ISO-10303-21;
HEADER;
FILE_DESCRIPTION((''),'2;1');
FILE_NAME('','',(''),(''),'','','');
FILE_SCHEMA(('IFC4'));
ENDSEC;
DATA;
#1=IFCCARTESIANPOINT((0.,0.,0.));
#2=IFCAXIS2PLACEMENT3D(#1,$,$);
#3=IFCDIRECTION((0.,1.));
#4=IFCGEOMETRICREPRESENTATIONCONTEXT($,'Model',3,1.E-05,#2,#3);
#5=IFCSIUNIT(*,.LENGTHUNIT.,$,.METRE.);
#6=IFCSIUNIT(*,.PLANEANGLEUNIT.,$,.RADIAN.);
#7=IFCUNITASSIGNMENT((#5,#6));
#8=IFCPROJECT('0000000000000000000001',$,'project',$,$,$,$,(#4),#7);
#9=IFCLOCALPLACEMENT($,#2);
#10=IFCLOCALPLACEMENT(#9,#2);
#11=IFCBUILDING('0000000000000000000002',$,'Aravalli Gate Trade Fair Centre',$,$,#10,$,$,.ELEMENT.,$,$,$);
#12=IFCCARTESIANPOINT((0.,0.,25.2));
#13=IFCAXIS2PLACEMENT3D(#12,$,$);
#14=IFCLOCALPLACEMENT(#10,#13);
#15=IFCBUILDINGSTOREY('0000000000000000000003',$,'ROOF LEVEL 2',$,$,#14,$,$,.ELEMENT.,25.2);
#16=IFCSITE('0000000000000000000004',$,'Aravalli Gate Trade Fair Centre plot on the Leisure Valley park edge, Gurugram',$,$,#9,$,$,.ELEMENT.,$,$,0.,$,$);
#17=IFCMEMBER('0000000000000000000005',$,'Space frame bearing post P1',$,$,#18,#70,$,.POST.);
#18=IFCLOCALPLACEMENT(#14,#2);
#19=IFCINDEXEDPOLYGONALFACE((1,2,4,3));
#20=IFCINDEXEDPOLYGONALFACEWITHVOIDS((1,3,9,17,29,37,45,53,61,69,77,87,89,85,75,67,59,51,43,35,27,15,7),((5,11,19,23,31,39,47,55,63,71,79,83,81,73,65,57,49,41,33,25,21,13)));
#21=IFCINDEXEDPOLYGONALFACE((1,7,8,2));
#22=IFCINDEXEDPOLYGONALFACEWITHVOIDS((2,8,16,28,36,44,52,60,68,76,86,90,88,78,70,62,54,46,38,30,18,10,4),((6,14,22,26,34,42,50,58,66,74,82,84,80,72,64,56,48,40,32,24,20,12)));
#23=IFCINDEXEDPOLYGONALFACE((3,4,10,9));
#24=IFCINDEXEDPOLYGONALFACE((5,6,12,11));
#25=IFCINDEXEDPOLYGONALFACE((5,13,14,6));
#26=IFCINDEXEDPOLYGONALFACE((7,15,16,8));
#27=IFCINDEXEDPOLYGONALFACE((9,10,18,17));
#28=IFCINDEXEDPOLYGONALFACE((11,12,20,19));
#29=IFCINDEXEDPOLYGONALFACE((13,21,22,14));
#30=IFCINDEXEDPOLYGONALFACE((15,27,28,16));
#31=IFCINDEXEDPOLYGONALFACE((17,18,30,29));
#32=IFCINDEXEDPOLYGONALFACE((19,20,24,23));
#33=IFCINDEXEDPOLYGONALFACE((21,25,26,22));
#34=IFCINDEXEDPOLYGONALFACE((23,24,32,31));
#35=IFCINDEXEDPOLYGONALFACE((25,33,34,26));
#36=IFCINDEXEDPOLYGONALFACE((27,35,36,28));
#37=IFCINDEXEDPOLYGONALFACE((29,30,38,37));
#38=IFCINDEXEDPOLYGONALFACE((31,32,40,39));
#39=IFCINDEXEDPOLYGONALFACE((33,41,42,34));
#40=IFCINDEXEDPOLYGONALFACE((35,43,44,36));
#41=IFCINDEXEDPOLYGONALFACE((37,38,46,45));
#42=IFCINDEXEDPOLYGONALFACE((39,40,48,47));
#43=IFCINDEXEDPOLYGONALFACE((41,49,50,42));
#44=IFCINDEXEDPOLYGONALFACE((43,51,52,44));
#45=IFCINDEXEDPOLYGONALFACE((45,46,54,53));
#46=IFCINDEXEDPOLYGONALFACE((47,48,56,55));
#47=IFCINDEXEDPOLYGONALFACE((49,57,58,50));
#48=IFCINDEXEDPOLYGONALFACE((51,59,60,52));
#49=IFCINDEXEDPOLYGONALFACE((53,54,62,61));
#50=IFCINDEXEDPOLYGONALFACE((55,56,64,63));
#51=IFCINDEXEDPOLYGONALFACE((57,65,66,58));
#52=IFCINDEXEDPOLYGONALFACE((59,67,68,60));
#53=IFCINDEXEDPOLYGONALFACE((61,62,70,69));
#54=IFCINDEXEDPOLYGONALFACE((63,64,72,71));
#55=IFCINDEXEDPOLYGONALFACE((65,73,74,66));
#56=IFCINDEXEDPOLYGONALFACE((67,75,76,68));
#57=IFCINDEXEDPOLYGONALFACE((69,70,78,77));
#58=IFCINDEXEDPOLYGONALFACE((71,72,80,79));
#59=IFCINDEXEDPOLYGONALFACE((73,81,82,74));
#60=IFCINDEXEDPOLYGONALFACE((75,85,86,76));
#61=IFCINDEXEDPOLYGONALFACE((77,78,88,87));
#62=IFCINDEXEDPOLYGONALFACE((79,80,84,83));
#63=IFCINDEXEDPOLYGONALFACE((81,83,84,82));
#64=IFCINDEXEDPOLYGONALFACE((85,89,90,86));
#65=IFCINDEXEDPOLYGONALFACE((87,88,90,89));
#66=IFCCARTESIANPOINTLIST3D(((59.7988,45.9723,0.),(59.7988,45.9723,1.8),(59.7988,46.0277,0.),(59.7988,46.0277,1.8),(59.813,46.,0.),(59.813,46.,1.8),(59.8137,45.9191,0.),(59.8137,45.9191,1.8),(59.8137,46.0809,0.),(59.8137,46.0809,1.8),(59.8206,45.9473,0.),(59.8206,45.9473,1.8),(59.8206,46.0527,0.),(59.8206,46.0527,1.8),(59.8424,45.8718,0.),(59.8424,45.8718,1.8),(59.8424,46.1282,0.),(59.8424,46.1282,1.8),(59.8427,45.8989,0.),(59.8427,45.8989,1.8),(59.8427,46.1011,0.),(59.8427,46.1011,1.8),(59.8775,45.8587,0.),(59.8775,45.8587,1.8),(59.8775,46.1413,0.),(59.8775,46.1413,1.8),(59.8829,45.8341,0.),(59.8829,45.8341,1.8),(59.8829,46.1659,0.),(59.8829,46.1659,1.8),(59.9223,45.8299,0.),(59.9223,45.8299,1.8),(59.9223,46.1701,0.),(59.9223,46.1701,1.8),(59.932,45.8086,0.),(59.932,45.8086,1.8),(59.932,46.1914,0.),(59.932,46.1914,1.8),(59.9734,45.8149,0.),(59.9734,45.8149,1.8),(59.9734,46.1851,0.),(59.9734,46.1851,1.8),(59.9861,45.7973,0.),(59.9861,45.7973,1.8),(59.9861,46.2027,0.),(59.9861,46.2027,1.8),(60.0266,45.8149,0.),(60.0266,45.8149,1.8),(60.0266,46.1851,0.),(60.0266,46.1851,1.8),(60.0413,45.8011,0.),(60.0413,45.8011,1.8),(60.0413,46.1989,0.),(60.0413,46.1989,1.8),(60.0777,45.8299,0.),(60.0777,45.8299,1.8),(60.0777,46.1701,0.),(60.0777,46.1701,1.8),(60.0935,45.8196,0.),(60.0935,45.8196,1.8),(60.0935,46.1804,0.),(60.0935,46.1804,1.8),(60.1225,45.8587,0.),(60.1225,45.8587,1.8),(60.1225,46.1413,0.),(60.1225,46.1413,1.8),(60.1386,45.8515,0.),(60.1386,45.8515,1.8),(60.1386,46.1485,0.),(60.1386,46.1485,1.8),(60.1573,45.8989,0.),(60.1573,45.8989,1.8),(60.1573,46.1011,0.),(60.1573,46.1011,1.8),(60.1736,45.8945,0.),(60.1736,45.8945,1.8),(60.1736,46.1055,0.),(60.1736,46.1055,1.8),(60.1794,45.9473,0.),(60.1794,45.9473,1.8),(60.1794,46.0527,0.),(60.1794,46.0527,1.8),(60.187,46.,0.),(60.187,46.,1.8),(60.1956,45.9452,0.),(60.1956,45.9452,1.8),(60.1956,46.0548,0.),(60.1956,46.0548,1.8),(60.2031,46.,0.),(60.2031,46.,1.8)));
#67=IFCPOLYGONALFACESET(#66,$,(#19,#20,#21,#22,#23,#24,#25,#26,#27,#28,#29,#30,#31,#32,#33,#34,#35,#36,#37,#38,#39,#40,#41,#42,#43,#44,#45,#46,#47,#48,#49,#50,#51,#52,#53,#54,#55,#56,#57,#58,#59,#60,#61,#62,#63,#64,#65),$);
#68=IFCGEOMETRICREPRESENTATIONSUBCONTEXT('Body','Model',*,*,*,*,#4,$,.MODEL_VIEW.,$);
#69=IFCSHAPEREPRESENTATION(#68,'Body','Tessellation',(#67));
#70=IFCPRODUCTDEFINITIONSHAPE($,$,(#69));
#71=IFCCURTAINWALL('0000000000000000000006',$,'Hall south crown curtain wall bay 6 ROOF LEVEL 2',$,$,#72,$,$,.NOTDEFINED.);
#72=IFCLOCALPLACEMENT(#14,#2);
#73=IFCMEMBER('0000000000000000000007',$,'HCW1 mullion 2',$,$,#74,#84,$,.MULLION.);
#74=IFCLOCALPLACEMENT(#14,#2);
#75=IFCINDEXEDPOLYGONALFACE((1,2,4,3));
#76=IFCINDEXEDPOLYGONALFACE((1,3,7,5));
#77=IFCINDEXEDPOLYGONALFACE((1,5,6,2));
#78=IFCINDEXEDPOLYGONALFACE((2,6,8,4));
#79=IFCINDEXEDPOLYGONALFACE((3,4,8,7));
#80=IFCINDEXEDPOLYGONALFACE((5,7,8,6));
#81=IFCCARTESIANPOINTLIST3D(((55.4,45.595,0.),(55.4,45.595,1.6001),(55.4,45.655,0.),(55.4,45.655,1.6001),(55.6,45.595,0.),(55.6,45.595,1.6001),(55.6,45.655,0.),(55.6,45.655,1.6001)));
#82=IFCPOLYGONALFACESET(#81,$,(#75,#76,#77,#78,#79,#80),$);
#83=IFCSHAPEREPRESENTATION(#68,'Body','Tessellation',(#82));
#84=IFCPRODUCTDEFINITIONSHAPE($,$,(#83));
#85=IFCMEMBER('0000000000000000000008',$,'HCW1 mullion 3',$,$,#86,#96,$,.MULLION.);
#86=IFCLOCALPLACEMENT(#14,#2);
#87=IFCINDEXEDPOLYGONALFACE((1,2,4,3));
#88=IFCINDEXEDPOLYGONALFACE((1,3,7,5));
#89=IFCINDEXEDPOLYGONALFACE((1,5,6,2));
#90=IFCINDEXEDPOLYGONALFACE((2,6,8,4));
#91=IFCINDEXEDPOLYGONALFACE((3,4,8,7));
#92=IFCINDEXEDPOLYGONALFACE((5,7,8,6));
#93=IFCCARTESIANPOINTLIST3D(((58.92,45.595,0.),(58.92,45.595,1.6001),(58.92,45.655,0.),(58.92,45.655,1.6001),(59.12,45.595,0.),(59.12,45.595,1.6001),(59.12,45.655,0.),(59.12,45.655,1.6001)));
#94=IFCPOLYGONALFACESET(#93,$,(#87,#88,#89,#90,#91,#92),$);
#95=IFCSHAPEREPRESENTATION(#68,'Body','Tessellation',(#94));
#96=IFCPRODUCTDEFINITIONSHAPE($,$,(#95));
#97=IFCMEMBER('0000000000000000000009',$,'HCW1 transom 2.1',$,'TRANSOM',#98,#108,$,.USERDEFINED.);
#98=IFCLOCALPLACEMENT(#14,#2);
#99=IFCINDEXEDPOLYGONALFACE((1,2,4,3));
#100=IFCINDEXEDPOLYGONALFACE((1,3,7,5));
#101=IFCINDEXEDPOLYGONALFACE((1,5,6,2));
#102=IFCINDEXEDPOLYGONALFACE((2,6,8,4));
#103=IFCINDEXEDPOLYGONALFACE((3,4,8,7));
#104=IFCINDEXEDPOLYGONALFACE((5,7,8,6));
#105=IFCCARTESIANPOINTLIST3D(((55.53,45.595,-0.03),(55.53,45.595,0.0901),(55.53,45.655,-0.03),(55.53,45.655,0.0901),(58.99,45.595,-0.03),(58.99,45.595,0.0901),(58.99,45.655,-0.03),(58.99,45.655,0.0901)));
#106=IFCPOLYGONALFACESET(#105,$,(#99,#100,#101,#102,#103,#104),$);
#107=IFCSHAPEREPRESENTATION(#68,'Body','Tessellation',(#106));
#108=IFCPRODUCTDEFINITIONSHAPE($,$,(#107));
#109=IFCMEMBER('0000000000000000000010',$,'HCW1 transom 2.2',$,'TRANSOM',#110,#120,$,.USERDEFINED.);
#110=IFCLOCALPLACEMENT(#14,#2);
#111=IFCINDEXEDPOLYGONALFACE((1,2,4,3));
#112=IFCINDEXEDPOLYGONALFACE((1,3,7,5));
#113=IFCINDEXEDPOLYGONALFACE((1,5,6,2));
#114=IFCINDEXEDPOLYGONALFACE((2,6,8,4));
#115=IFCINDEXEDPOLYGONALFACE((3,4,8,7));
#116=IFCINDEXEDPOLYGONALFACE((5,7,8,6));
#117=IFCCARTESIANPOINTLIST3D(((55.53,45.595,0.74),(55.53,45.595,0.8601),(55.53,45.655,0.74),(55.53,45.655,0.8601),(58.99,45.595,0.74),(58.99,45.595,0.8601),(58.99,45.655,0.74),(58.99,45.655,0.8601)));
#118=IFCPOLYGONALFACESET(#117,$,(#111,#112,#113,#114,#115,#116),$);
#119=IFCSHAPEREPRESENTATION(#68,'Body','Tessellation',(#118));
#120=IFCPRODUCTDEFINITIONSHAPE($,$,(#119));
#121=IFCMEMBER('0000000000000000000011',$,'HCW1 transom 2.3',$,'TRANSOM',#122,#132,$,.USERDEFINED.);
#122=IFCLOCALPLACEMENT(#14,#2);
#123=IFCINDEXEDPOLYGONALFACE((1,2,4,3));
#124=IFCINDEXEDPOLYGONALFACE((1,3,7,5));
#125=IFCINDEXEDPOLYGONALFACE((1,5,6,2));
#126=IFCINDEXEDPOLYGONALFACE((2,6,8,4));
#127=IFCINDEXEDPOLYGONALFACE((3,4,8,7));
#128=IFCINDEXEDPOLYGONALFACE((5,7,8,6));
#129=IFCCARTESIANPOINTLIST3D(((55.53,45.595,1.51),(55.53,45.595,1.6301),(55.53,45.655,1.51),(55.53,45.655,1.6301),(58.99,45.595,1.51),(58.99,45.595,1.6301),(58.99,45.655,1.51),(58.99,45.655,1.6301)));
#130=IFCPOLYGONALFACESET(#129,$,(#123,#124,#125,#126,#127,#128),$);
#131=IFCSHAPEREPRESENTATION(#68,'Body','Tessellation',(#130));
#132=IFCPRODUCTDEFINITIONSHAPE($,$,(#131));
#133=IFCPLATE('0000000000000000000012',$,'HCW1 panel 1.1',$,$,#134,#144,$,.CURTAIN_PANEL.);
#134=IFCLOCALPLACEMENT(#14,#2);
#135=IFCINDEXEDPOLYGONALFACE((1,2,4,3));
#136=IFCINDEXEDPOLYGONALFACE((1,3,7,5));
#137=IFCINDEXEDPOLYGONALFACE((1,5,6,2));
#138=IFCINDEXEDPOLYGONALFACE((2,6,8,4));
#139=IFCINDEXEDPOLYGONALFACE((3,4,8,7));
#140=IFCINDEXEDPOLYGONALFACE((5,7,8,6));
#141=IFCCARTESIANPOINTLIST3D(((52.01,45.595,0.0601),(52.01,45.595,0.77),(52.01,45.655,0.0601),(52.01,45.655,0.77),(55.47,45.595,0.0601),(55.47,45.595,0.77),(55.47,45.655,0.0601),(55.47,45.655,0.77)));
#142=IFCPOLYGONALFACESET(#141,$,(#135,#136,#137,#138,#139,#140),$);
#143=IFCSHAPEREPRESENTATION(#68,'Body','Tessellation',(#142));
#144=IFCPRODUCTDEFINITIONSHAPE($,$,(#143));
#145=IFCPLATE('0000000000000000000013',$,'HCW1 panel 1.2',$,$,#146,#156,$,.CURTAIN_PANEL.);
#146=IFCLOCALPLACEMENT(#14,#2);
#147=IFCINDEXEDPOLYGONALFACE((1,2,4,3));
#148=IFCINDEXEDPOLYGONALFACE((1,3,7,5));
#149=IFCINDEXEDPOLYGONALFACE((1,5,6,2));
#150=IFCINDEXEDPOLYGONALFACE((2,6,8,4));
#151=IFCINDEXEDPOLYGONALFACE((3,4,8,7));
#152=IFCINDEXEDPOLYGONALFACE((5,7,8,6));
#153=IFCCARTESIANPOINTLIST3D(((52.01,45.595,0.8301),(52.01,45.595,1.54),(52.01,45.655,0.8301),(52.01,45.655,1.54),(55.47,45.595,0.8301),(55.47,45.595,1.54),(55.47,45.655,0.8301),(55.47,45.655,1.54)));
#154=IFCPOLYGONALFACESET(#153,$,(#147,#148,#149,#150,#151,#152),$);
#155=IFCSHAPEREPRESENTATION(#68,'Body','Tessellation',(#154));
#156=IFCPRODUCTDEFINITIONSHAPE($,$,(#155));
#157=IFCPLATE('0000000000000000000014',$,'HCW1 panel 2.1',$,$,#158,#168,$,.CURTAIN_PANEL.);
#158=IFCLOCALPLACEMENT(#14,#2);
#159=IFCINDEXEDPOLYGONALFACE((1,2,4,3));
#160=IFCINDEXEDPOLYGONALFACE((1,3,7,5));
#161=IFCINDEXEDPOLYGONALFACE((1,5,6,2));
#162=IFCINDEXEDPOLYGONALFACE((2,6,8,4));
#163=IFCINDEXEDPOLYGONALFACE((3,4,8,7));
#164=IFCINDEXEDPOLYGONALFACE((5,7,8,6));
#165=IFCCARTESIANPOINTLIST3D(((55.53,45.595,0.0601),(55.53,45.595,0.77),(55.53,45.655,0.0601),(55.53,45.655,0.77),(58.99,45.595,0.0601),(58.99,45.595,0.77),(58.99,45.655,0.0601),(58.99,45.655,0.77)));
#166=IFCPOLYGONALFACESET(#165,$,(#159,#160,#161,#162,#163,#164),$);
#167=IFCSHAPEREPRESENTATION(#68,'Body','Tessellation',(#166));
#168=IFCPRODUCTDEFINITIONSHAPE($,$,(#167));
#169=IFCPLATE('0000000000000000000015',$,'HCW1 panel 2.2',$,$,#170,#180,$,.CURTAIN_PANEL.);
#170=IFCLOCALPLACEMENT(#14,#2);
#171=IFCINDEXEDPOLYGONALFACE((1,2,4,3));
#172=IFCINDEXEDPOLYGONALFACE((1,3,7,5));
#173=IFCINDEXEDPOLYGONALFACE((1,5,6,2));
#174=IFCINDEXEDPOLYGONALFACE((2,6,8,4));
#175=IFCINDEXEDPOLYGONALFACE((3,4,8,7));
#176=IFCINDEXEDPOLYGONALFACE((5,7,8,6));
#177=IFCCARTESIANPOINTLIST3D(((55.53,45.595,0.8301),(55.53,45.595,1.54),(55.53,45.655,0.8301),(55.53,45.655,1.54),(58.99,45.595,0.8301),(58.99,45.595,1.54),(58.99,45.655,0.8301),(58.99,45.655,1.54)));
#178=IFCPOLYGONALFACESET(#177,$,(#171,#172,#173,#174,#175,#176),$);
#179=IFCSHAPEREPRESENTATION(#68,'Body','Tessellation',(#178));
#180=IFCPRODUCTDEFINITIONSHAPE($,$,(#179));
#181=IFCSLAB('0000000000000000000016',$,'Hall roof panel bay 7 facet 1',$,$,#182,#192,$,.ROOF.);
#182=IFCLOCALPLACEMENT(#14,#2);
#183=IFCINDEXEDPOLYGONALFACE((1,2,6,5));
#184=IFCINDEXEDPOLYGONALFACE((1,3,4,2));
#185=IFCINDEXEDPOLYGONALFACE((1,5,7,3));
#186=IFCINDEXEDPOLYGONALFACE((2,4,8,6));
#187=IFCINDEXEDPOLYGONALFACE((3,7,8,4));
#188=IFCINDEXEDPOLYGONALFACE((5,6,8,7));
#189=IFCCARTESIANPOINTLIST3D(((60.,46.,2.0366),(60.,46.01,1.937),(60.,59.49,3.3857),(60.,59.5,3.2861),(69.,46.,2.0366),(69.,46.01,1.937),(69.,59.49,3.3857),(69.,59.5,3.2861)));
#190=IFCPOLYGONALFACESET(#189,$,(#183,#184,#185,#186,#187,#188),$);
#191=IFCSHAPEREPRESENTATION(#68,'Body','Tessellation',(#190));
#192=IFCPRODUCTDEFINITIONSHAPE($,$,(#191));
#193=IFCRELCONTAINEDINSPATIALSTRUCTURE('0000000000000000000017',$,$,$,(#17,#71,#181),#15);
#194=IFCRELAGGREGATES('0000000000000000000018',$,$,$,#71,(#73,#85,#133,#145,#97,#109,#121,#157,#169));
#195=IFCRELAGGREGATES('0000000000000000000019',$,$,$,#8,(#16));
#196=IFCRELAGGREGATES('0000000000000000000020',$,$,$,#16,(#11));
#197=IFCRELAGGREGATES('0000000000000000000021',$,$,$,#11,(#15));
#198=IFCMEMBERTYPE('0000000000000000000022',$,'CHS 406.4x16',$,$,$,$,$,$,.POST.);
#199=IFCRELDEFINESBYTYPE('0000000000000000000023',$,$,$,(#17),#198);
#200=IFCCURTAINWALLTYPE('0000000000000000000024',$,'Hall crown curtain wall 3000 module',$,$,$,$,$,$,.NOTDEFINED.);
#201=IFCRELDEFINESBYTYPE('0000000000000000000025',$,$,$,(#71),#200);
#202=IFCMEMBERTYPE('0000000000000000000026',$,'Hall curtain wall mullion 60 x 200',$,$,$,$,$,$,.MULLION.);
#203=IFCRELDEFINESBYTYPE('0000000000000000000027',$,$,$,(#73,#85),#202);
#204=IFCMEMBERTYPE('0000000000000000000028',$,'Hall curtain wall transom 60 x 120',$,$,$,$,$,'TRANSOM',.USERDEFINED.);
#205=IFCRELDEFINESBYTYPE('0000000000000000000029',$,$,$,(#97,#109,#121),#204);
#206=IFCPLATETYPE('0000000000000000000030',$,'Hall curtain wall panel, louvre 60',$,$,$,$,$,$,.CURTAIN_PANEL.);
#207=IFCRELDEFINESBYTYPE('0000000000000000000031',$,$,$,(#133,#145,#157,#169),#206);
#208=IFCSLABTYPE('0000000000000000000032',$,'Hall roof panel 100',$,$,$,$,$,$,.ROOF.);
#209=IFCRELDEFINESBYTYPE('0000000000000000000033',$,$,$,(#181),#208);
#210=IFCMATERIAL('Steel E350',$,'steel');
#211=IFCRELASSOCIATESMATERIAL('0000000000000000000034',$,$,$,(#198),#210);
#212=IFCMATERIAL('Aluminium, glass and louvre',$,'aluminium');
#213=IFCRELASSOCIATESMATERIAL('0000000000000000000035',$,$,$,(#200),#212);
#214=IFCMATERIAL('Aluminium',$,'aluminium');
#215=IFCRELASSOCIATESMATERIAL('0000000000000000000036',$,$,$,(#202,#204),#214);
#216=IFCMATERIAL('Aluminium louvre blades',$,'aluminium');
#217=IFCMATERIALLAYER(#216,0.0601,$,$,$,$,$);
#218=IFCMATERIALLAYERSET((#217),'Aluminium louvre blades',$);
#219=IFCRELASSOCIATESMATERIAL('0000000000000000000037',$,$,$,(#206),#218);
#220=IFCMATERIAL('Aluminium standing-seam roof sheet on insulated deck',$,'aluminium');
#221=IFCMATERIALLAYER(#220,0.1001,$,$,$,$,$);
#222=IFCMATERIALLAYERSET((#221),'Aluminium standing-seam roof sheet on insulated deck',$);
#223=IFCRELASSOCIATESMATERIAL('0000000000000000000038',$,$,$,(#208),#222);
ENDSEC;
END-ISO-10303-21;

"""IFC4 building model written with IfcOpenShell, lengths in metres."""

from ifc_helpers import new_model, si_unit, direction, frame, origin, origin_2d, place, context, subcontext, project, spatial, polyline, rectangle, hollow_circle, outline, extrude, material, layer, layer_set, material_profile, profile_set, type_object, element, aggregate, save


model = new_model("IFC4")

# Units and contexts
model_context = context("Model", 3, precision=1e-05, world=origin(), true_north=direction((0.0, 1.0)))
body_context = subcontext(model_context, "Body", "Model", "MODEL_VIEW")
ifc_project = project(units=[si_unit("LENGTHUNIT", "METRE"), si_unit("PLANEANGLEUNIT", "RADIAN")], contexts=[model_context])

# Site, building, storey
site_placement = place(None, origin())
site = spatial("IfcSite", under=ifc_project, at=site_placement, Name="Aravalli Gate Trade Fair Centre plot on the Leisure Valley park edge, Gurugram", CompositionType="ELEMENT", RefElevation=0.0)
building_placement = place(site_placement, origin())
building = spatial("IfcBuilding", under=site, at=building_placement, Name="Aravalli Gate Trade Fair Centre", CompositionType="ELEMENT")
storey_placement = place(building_placement, frame((0.0, 0.0, 25.2)))
storey = spatial("IfcBuildingStorey", under=building, at=storey_placement, Name="ROOF LEVEL 2", CompositionType="ELEMENT", Elevation=25.2)

# Member
ifc_material_1 = material(Name="Steel E350", Category="steel")
ifc_material_profile_1 = material_profile(ifc_material_1, hollow_circle(Radius=0.2031, WallThickness=0.0161, at=origin_2d()), Name="CHS 406.4x16")
ifc_profile_set_1 = profile_set([ifc_material_profile_1], Name="Steel E350")
member_type_1 = type_object("IfcMemberType", Name="CHS 406.4x16", PredefinedType="POST", material=ifc_profile_set_1)
member_1_placement = place(storey_placement, frame((60.0, 46.0, 0.0), z_axis=(0.0, 0.0, 1.0), x_axis=(1.0, 0.0, 0.0)))
element("IfcMember", 1, at=member_1_placement, inside=storey, type_object=member_type_1, Name="Space frame bearing post P1", PredefinedType="POST", context=body_context, shape_type="SweptSolid", body=[
    extrude(hollow_circle(Radius=0.2031, WallThickness=0.0161, at=origin_2d()), origin(), (0.0, 0.0, 1.0), 1.8),
])

# Curtain wall, members, plates
ifc_material_2 = material(Name="Aluminium, glass and louvre", Category="aluminium")
curtain_wall_type = type_object("IfcCurtainWallType", Name="Hall crown curtain wall 3000 module", PredefinedType="NOTDEFINED", material=ifc_material_2)
curtain_wall_placement = place(storey_placement, origin())
curtain_wall = element("IfcCurtainWall", 2, at=curtain_wall_placement, inside=storey, type_object=curtain_wall_type, Name="Hall south crown curtain wall bay 6 ROOF LEVEL 2", PredefinedType="NOTDEFINED")
ifc_material_3 = material(Name="Aluminium", Category="aluminium")
ifc_material_profile_2 = material_profile(ifc_material_3, rectangle(XDim=0.0601, YDim=0.2, at=origin_2d()), Name="Hall curtain wall mullion 60 x 200")
ifc_profile_set_2 = profile_set([ifc_material_profile_2], Name="Aluminium")
member_type_2 = type_object("IfcMemberType", Name="Hall curtain wall mullion 60 x 200", PredefinedType="MULLION", material=ifc_profile_set_2)
member_2_placement = place(storey_placement, frame((55.5, 45.625, 0.0), z_axis=(0.0, 0.0, 1.0), x_axis=(0.0, 1.0, 0.0)))
member_2 = element("IfcMember", 3, at=member_2_placement, type_object=member_type_2, Name="HCW1 mullion 2", PredefinedType="MULLION", context=body_context, shape_type="SweptSolid", body=[
    extrude(rectangle(XDim=0.0601, YDim=0.2, at=origin_2d()), origin(), (0.0, 0.0, 1.0), 1.6001),
])
member_3_placement = place(storey_placement, frame((59.02, 45.625, 0.0), z_axis=(0.0, 0.0, 1.0), x_axis=(0.0, 1.0, 0.0)))
member_3 = element("IfcMember", 4, at=member_3_placement, type_object=member_type_2, Name="HCW1 mullion 3", PredefinedType="MULLION", context=body_context, shape_type="SweptSolid", body=[
    extrude(rectangle(XDim=0.0601, YDim=0.2, at=origin_2d()), origin(), (0.0, 0.0, 1.0), 1.6001),
])
ifc_material_profile_3 = material_profile(ifc_material_3, rectangle(XDim=0.0601, YDim=0.1201, at=origin_2d()), Name="Hall curtain wall transom 60 x 120")
ifc_profile_set_3 = profile_set([ifc_material_profile_3], Name="Aluminium")
member_type_3 = type_object("IfcMemberType", Name="Hall curtain wall transom 60 x 120", ElementType="TRANSOM", PredefinedType="USERDEFINED", material=ifc_profile_set_3)
member_4_placement = place(storey_placement, frame((55.53, 45.625, 0.03), z_axis=(1.0, 0.0, 0.0), x_axis=(0.0, 1.0, 0.0)))
member_4 = element("IfcMember", 5, at=member_4_placement, type_object=member_type_3, Name="HCW1 transom 2.1", ObjectType="TRANSOM", PredefinedType="USERDEFINED", context=body_context, shape_type="SweptSolid", body=[
    extrude(rectangle(XDim=0.0601, YDim=0.1201, at=origin_2d()), origin(), (0.0, 0.0, 1.0), 3.46),
])
member_5_placement = place(storey_placement, frame((55.53, 45.625, 0.8), z_axis=(1.0, 0.0, 0.0), x_axis=(0.0, 1.0, 0.0)))
member_5 = element("IfcMember", 6, at=member_5_placement, type_object=member_type_3, Name="HCW1 transom 2.2", ObjectType="TRANSOM", PredefinedType="USERDEFINED", context=body_context, shape_type="SweptSolid", body=[
    extrude(rectangle(XDim=0.0601, YDim=0.1201, at=origin_2d()), origin(), (0.0, 0.0, 1.0), 3.46),
])
member_6_placement = place(storey_placement, frame((55.53, 45.625, 1.5701), z_axis=(1.0, 0.0, 0.0), x_axis=(0.0, 1.0, 0.0)))
member_6 = element("IfcMember", 7, at=member_6_placement, type_object=member_type_3, Name="HCW1 transom 2.3", ObjectType="TRANSOM", PredefinedType="USERDEFINED", context=body_context, shape_type="SweptSolid", body=[
    extrude(rectangle(XDim=0.0601, YDim=0.1201, at=origin_2d()), origin(), (0.0, 0.0, 1.0), 3.46),
])
ifc_material_4 = material(Name="Aluminium louvre blades", Category="aluminium")
ifc_layer_1 = layer(ifc_material_4, 0.0601)
ifc_layer_set_1 = layer_set([ifc_layer_1], Name="Aluminium louvre blades")
plate_type = type_object("IfcPlateType", Name="Hall curtain wall panel, louvre 60", PredefinedType="CURTAIN_PANEL", material=ifc_layer_set_1)
plate_1_placement = place(storey_placement, frame((53.74, 45.625, 0.0601), z_axis=(0.0, 0.0, 1.0), x_axis=(1.0, 0.0, 0.0)))
plate_1 = element("IfcPlate", 8, at=plate_1_placement, type_object=plate_type, Name="HCW1 panel 1.1", PredefinedType="CURTAIN_PANEL", context=body_context, shape_type="SweptSolid", body=[
    extrude(rectangle(XDim=3.46, YDim=0.0601, at=origin_2d()), origin(), (0.0, 0.0, 1.0), 0.71),
])
plate_2_placement = place(storey_placement, frame((53.74, 45.625, 0.8301), z_axis=(0.0, 0.0, 1.0), x_axis=(1.0, 0.0, 0.0)))
plate_2 = element("IfcPlate", 9, at=plate_2_placement, type_object=plate_type, Name="HCW1 panel 1.2", PredefinedType="CURTAIN_PANEL", context=body_context, shape_type="SweptSolid", body=[
    extrude(rectangle(XDim=3.46, YDim=0.0601, at=origin_2d()), origin(), (0.0, 0.0, 1.0), 0.71),
])
plate_3_placement = place(storey_placement, frame((57.26, 45.625, 0.0601), z_axis=(0.0, 0.0, 1.0), x_axis=(1.0, 0.0, 0.0)))
plate_3 = element("IfcPlate", 10, at=plate_3_placement, type_object=plate_type, Name="HCW1 panel 2.1", PredefinedType="CURTAIN_PANEL", context=body_context, shape_type="SweptSolid", body=[
    extrude(rectangle(XDim=3.46, YDim=0.0601, at=origin_2d()), origin(), (0.0, 0.0, 1.0), 0.71),
])
plate_4_placement = place(storey_placement, frame((57.26, 45.625, 0.8301), z_axis=(0.0, 0.0, 1.0), x_axis=(1.0, 0.0, 0.0)))
plate_4 = element("IfcPlate", 11, at=plate_4_placement, type_object=plate_type, Name="HCW1 panel 2.2", PredefinedType="CURTAIN_PANEL", context=body_context, shape_type="SweptSolid", body=[
    extrude(rectangle(XDim=3.46, YDim=0.0601, at=origin_2d()), origin(), (0.0, 0.0, 1.0), 0.71),
])
aggregate(curtain_wall, [member_2, member_3, plate_1, plate_2, member_4, member_5, member_6, plate_3, plate_4])

# Slab
ifc_material_5 = material(Name="Aluminium standing-seam roof sheet on insulated deck", Category="aluminium")
ifc_layer_2 = layer(ifc_material_5, 0.1001)
ifc_layer_set_2 = layer_set([ifc_layer_2], Name="Aluminium standing-seam roof sheet on insulated deck")
slab_type = type_object("IfcSlabType", Name="Hall roof panel 100", PredefinedType="ROOF", material=ifc_layer_set_2)
slab_placement = place(storey_placement, frame((60.0, 46.0, 2.0366), z_axis=(0.0, -0.099513, 0.995036), x_axis=(1.0, 0.0, 0.0)))
element("IfcSlab", 12, at=slab_placement, inside=storey, type_object=slab_type, Name="Hall roof panel bay 7 facet 1", PredefinedType="ROOF", context=body_context, shape_type="SweptSolid", body=[
    extrude(outline(polyline([(0.0, 0.0), (9.0, 0.0), (9.0, 13.5573), (0.0, 13.5573), (0.0, 0.0)])), origin(), (0.0, 0.0, -1.0), 0.1001),
])

save(model, "model.ifc")
